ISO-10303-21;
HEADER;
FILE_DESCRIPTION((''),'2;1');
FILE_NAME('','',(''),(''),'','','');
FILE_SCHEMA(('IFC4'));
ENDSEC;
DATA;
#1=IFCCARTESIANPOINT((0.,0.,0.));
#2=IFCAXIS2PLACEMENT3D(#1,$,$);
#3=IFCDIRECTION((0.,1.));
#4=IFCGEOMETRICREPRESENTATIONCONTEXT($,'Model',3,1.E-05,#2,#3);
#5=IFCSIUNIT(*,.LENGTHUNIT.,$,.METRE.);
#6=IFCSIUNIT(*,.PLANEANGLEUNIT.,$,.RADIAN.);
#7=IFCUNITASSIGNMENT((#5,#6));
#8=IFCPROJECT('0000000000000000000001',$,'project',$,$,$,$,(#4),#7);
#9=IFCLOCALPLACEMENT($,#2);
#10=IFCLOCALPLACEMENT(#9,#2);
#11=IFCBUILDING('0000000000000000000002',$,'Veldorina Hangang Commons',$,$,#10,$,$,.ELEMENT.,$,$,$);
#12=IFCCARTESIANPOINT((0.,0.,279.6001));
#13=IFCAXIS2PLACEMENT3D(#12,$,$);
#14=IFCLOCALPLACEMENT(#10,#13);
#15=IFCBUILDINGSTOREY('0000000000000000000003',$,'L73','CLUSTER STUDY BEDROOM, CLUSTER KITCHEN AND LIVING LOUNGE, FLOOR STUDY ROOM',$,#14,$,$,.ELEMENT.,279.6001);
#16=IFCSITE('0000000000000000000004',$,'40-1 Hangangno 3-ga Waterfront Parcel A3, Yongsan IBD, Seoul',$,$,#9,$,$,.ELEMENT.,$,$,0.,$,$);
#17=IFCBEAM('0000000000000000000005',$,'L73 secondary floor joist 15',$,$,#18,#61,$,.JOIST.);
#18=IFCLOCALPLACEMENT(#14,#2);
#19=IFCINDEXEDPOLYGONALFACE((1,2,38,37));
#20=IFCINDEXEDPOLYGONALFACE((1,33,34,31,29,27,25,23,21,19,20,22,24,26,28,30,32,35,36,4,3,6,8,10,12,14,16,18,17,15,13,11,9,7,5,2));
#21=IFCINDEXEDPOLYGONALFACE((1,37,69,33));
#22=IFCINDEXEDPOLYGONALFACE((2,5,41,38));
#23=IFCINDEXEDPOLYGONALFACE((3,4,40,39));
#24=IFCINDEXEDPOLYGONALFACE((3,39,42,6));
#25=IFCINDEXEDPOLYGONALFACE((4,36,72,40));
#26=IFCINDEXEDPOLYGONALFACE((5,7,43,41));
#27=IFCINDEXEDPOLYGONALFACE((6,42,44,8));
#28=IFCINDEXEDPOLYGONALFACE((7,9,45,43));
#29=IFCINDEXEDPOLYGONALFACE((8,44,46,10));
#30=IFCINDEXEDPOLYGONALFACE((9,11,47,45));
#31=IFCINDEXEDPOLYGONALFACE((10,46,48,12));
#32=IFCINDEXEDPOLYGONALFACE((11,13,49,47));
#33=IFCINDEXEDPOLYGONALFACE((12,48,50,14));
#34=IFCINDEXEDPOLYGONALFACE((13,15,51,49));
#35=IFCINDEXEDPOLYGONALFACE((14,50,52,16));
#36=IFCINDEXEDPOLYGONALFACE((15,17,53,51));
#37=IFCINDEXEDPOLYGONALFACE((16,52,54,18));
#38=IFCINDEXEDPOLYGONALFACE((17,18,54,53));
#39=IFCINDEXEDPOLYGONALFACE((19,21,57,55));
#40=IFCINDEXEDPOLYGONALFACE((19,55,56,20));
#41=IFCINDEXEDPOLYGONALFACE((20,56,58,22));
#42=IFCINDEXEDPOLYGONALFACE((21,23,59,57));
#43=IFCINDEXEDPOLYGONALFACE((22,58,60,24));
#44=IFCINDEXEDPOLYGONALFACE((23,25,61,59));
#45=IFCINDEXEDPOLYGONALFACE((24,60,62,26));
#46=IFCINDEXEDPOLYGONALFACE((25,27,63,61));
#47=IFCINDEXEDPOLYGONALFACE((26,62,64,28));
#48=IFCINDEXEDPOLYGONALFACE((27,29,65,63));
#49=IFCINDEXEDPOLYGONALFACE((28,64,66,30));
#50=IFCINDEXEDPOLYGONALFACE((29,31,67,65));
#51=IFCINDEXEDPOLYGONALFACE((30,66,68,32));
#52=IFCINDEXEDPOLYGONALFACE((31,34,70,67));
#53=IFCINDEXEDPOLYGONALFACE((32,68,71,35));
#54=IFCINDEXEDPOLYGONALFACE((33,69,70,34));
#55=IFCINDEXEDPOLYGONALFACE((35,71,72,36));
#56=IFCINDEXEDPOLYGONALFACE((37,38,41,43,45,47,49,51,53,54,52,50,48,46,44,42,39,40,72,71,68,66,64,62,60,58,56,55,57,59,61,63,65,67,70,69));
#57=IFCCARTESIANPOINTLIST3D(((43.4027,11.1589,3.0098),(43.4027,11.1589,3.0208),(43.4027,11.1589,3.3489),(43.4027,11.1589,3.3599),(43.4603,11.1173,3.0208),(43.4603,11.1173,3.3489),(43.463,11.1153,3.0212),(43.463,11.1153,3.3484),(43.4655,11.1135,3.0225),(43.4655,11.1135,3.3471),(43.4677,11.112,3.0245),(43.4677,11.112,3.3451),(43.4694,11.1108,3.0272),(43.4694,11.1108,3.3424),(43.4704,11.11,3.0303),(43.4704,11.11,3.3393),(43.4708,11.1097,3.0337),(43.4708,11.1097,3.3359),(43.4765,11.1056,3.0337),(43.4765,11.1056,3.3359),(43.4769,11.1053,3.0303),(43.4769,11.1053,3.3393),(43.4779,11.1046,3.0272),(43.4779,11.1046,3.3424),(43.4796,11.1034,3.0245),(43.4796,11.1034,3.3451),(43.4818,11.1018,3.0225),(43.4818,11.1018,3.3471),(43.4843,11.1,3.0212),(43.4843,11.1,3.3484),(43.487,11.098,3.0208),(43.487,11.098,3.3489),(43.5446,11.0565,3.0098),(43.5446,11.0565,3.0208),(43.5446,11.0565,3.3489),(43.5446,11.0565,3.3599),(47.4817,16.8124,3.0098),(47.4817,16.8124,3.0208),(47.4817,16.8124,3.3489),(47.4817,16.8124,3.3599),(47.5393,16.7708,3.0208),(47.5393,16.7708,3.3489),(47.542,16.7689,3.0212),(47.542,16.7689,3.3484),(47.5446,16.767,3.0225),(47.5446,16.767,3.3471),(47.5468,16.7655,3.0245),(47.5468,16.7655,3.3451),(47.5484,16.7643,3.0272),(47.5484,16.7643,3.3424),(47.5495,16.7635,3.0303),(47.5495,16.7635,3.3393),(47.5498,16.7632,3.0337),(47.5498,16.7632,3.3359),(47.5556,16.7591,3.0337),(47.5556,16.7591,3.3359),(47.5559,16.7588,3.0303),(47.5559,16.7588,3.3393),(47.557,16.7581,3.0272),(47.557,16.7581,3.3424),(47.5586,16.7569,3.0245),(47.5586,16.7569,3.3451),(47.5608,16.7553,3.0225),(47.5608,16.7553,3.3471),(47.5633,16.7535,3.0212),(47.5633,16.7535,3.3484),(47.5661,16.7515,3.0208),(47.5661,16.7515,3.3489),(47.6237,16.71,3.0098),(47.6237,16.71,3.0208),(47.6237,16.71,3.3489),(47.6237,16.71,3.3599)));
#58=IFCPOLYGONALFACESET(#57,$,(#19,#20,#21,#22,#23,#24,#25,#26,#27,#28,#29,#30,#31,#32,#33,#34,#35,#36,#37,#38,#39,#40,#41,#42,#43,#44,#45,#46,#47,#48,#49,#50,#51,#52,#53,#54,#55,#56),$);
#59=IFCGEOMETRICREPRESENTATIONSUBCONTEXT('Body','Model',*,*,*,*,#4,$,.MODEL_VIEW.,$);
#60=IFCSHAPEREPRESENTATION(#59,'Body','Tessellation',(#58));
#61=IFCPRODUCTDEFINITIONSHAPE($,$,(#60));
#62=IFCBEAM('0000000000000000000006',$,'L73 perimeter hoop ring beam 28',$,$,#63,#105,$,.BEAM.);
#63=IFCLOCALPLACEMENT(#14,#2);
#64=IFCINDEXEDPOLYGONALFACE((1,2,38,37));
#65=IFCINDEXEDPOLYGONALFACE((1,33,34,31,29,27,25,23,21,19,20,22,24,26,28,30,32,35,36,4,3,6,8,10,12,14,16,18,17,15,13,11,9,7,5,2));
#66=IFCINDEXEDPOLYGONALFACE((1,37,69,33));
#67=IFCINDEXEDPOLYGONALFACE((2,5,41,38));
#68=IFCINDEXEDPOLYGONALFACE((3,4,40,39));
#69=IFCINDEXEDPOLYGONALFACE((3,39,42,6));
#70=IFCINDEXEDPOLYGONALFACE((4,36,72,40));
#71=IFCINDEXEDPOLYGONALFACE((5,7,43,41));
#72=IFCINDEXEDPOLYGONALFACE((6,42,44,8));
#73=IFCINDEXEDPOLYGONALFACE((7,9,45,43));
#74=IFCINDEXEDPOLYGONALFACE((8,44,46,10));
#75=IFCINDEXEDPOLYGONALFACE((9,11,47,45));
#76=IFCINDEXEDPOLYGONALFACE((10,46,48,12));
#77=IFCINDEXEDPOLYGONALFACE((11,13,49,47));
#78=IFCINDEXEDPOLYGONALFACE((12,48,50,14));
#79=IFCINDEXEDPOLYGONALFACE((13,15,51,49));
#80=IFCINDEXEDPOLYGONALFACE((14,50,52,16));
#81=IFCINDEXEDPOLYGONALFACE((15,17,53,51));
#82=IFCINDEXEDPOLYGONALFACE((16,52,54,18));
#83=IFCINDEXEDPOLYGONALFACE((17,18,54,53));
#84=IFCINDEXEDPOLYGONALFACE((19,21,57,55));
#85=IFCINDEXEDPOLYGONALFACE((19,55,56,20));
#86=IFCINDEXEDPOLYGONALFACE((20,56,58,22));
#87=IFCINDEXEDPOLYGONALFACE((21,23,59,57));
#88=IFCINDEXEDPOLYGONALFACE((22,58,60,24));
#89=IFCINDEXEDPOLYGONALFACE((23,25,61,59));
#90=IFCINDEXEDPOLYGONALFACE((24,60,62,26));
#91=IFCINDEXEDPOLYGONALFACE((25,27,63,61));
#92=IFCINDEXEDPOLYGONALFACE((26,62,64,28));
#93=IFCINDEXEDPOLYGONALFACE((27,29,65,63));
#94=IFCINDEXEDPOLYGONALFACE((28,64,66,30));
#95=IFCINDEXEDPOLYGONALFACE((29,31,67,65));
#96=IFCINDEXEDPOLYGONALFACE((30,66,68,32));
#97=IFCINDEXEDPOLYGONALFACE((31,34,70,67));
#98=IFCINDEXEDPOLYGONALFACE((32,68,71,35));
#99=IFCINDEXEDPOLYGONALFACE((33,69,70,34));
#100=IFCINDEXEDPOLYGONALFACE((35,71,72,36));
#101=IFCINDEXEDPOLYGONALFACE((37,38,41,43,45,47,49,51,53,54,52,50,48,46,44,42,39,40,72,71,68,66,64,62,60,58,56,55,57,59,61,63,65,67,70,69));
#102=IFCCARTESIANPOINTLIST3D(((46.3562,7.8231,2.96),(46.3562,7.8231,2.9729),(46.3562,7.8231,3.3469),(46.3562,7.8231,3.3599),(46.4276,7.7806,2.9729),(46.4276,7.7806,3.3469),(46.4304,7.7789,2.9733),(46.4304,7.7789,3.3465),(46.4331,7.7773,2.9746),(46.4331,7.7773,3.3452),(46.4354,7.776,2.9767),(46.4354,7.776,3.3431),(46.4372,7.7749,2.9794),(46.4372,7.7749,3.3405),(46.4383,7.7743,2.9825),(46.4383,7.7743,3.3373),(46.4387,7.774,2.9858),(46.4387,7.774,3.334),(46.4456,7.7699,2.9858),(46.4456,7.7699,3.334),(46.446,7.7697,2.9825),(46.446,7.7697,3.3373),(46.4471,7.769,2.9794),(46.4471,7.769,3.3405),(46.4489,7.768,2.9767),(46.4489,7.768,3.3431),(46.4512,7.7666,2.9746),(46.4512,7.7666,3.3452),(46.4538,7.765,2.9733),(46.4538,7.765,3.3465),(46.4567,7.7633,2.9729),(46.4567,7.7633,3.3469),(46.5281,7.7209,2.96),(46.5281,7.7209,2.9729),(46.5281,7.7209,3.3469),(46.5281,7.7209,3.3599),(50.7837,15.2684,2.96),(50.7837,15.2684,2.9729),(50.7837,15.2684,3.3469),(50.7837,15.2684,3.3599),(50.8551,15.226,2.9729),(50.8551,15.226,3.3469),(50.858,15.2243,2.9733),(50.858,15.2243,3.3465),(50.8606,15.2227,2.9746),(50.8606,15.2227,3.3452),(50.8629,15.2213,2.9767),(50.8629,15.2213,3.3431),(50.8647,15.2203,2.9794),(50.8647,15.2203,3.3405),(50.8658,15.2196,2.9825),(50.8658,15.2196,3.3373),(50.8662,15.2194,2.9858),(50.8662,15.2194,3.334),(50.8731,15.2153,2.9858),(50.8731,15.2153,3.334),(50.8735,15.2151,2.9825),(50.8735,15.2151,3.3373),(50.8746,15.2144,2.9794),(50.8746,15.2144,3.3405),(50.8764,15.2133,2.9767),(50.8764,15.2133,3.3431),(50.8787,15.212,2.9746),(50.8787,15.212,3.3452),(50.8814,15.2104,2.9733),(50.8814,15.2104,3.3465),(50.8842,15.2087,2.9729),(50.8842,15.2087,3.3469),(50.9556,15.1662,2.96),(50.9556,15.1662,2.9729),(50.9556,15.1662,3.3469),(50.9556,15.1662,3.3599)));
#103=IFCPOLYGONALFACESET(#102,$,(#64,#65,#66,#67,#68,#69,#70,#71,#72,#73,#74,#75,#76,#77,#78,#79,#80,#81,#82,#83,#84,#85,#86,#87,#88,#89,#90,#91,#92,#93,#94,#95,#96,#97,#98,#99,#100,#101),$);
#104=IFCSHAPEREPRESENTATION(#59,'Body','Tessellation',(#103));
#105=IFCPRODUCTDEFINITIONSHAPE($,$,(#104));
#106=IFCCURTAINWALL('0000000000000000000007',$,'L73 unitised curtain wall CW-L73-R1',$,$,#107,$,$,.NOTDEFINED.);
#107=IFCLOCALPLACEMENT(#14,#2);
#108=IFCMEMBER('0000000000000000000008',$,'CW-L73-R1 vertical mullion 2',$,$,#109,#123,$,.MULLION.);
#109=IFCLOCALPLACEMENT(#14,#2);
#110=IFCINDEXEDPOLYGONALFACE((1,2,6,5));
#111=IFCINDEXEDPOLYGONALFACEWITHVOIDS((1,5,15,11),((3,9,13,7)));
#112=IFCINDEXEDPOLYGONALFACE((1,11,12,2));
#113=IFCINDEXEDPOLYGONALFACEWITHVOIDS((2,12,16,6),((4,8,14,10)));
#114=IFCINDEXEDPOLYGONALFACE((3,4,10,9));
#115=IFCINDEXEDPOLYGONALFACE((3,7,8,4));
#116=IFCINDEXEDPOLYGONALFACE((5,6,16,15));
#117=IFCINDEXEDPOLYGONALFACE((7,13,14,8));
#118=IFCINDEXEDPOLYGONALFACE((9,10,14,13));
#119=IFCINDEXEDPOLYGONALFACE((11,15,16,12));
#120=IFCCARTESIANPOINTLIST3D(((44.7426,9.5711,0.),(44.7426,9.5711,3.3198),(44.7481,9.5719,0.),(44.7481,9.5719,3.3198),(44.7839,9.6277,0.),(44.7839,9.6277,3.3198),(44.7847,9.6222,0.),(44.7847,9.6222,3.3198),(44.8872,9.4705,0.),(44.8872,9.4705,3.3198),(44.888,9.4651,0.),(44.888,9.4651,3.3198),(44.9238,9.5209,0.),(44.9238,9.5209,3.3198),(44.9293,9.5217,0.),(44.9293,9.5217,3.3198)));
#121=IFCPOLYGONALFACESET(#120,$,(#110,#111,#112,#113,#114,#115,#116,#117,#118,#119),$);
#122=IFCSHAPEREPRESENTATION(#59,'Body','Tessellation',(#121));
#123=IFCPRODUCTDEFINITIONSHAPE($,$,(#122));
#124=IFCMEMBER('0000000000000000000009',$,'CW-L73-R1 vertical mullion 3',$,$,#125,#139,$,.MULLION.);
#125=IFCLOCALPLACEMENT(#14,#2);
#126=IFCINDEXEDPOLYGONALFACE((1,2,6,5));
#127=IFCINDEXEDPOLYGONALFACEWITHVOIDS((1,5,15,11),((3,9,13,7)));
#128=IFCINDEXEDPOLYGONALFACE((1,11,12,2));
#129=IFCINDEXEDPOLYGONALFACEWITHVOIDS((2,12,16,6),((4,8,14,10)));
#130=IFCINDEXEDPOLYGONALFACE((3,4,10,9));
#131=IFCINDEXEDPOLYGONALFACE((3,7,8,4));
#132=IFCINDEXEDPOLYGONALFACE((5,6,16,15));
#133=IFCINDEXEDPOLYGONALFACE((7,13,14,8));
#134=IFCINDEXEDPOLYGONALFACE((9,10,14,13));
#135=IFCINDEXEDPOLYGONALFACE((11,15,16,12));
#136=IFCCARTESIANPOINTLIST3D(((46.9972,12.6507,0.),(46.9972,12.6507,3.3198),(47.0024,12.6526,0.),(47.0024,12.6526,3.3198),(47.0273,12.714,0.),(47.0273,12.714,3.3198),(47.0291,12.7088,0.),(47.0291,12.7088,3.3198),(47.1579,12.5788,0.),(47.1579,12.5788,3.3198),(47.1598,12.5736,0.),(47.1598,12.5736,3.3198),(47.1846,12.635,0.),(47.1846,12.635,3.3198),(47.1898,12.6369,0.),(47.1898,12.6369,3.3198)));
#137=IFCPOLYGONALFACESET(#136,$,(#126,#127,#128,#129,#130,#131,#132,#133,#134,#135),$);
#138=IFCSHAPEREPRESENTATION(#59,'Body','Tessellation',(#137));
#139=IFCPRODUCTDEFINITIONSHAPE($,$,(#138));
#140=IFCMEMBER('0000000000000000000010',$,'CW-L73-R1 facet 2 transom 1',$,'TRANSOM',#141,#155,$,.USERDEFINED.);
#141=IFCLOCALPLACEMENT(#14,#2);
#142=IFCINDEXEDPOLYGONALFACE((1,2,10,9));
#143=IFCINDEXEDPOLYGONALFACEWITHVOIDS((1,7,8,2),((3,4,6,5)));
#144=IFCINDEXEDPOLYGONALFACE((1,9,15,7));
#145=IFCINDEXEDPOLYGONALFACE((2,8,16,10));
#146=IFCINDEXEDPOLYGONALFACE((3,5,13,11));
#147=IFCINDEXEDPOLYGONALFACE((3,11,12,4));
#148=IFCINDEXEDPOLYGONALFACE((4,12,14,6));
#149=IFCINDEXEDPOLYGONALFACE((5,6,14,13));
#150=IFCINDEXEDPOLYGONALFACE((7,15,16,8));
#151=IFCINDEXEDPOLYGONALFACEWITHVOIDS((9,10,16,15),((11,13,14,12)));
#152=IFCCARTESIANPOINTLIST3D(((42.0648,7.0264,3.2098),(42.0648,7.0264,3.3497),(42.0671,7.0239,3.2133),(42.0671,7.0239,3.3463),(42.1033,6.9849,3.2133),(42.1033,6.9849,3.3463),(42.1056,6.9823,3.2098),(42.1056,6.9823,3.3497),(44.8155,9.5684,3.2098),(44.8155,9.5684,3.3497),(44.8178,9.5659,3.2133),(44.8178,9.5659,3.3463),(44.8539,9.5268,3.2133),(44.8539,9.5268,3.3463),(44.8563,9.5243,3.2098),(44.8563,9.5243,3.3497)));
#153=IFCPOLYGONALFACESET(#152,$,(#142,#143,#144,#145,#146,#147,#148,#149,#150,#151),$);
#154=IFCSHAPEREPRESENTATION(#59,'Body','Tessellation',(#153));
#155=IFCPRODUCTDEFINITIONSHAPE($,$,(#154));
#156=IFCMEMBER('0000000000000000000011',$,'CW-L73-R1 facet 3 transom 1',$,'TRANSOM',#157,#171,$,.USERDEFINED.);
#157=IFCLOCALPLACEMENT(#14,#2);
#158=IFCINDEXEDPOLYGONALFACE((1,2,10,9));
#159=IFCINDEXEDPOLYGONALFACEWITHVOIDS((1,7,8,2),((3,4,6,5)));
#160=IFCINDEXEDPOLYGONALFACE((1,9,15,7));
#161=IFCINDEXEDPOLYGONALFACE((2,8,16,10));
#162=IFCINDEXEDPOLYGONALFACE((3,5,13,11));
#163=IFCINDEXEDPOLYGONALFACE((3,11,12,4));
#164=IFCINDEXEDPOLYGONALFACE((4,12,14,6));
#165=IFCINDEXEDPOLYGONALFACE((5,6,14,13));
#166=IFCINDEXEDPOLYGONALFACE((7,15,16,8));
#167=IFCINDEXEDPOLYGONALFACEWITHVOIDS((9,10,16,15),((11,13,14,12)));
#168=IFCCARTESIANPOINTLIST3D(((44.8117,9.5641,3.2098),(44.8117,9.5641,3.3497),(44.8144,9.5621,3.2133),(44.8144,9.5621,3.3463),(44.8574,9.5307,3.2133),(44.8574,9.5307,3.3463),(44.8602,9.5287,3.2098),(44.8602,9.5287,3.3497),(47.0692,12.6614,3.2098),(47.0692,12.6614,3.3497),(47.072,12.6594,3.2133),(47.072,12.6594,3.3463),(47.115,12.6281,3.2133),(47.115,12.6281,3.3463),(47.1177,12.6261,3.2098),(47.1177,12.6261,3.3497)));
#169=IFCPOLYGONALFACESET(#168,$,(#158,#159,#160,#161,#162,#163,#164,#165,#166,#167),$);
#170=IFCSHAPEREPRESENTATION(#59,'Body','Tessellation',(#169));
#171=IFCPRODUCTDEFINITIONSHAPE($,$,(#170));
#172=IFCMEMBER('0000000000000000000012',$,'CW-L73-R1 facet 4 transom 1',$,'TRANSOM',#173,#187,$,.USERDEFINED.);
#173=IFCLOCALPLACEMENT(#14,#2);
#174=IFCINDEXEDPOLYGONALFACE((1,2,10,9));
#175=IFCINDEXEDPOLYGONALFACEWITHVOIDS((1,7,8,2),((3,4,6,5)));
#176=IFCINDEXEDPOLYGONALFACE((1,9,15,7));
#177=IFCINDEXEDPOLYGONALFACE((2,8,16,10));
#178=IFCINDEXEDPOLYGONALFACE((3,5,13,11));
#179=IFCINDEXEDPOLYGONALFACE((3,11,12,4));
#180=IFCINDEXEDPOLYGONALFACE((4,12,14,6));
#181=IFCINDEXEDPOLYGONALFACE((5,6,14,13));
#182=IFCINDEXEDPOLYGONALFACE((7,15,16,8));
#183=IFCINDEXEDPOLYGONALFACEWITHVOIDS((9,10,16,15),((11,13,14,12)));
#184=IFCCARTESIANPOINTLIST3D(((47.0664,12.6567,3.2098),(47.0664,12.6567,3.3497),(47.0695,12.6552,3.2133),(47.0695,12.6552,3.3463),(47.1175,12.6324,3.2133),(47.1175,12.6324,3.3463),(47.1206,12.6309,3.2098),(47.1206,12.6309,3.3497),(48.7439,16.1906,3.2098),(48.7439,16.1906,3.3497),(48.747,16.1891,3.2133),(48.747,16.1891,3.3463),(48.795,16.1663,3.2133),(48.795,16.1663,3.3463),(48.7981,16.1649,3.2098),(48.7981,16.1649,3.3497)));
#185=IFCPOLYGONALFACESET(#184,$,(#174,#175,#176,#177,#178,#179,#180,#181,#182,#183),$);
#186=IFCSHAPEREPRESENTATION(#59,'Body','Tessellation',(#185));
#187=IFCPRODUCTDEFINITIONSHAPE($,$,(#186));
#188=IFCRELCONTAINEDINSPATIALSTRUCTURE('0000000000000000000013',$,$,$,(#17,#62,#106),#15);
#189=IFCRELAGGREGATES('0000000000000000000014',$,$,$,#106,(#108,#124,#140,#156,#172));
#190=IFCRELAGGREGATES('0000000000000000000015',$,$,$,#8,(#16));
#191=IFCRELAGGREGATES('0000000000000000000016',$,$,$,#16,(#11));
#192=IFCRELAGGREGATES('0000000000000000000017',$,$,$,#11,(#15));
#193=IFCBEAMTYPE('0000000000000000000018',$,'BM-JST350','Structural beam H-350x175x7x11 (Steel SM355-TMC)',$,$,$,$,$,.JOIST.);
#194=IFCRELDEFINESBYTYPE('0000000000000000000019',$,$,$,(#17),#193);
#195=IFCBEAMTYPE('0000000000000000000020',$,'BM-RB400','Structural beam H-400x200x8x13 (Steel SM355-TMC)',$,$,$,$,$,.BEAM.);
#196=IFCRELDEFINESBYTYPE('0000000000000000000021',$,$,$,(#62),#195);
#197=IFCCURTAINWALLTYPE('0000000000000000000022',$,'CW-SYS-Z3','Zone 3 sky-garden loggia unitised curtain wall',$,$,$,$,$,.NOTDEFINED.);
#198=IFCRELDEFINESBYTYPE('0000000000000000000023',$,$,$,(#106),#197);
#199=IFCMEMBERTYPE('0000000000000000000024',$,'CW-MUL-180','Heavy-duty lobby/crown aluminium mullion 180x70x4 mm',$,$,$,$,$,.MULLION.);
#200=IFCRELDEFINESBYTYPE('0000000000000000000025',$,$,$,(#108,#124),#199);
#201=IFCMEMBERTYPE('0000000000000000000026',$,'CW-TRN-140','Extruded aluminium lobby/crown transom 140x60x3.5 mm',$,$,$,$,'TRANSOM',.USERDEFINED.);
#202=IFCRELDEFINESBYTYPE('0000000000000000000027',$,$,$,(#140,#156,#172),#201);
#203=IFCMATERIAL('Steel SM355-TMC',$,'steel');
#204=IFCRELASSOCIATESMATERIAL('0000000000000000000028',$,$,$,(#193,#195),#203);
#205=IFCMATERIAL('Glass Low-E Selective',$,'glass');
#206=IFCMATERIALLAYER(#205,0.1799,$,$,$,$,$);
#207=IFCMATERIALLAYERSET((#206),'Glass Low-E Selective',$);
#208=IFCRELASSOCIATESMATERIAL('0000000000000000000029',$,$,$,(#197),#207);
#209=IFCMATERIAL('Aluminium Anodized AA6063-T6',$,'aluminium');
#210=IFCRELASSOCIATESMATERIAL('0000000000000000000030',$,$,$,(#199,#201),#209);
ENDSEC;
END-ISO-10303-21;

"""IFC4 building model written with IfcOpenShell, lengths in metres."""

from ifc_helpers import new_model, si_unit, direction, frame, origin, origin_2d, place, context, subcontext, project, spatial, hollow_rectangle, i_section, extrude, material, layer, layer_set, material_profile, profile_set, type_object, element, aggregate, save


model = new_model("IFC4")

# Units and contexts
model_context = context("Model", 3, precision=1e-05, world=origin(), true_north=direction((0.0, 1.0)))
body_context = subcontext(model_context, "Body", "Model", "MODEL_VIEW")
ifc_project = project(units=[si_unit("LENGTHUNIT", "METRE"), si_unit("PLANEANGLEUNIT", "RADIAN")], contexts=[model_context])

# Site, building, storey
site_placement = place(None, origin())
site = spatial("IfcSite", under=ifc_project, at=site_placement, Name="40-1 Hangangno 3-ga Waterfront Parcel A3, Yongsan IBD, Seoul", CompositionType="ELEMENT", RefElevation=0.0)
building_placement = place(site_placement, origin())
building = spatial("IfcBuilding", under=site, at=building_placement, Name="Veldorina Hangang Commons", CompositionType="ELEMENT")
storey_placement = place(building_placement, frame((0.0, 0.0, 279.6001)))
storey = spatial("IfcBuildingStorey", under=building, at=storey_placement, Name="L73", Description="CLUSTER STUDY BEDROOM, CLUSTER KITCHEN AND LIVING LOUNGE, FLOOR STUDY ROOM", CompositionType="ELEMENT", Elevation=279.6001)

# Beams
ifc_material_1 = material(Name="Steel SM355-TMC", Category="steel")
ifc_material_profile_1 = material_profile(ifc_material_1, i_section(OverallWidth=0.175, OverallDepth=0.3501, WebThickness=0.0071, FlangeThickness=0.011, FilletRadius=0.0129, at=origin_2d()), Name="H-350x175x7x11")
ifc_profile_set_1 = profile_set([ifc_material_profile_1], Name="Steel SM355-TMC")
beam_type_1 = type_object("IfcBeamType", Name="BM-JST350", Description="Structural beam H-350x175x7x11 (Steel SM355-TMC)", PredefinedType="JOIST", material=ifc_profile_set_1)
beam_1_placement = place(storey_placement, frame((43.4736, 11.1077, 3.1848), z_axis=(0.585111, 0.810953, 0.0), x_axis=(-0.810953, 0.585111, 0.0)))
element("IfcBeam", 1, at=beam_1_placement, inside=storey, type_object=beam_type_1, Name="L73 secondary floor joist 15", PredefinedType="JOIST", context=body_context, shape_type="SweptSolid", body=[
    extrude(i_section(OverallWidth=0.175, OverallDepth=0.3501, WebThickness=0.0071, FlangeThickness=0.011, FilletRadius=0.0129, at=origin_2d()), origin(), (0.0, 0.0, 1.0), 6.9714),
])
ifc_material_profile_2 = material_profile(ifc_material_1, i_section(OverallWidth=0.2, OverallDepth=0.3999, WebThickness=0.0081, FlangeThickness=0.0129, FilletRadius=0.0129, at=origin_2d()), Name="H-400x200x8x13")
ifc_profile_set_2 = profile_set([ifc_material_profile_2], Name="Steel SM355-TMC")
beam_type_2 = type_object("IfcBeamType", Name="BM-RB400", Description="Structural beam H-400x200x8x13 (Steel SM355-TMC)", PredefinedType="BEAM", material=ifc_profile_set_2)
beam_2_placement = place(storey_placement, frame((46.4421, 7.772, 3.1599), z_axis=(0.511122, 0.859508, 0.0), x_axis=(-0.859508, 0.511122, 0.0)))
element("IfcBeam", 2, at=beam_2_placement, inside=storey, type_object=beam_type_2, Name="L73 perimeter hoop ring beam 28", PredefinedType="BEAM", context=body_context, shape_type="SweptSolid", body=[
    extrude(i_section(OverallWidth=0.2, OverallDepth=0.3999, WebThickness=0.0081, FlangeThickness=0.0129, FilletRadius=0.0129, at=origin_2d()), origin(), (0.0, 0.0, 1.0), 8.6624),
])

# Curtain wall, members
ifc_material_2 = material(Name="Glass Low-E Selective", Category="glass")
ifc_layer_1 = layer(ifc_material_2, 0.1799)
ifc_layer_set_1 = layer_set([ifc_layer_1], Name="Glass Low-E Selective")
curtain_wall_type = type_object("IfcCurtainWallType", Name="CW-SYS-Z3", Description="Zone 3 sky-garden loggia unitised curtain wall", PredefinedType="NOTDEFINED", material=ifc_layer_set_1)
curtain_wall_placement = place(storey_placement, origin())
curtain_wall = element("IfcCurtainWall", 3, at=curtain_wall_placement, inside=storey, type_object=curtain_wall_type, Name="L73 unitised curtain wall CW-L73-R1", PredefinedType="NOTDEFINED")
ifc_material_3 = material(Name="Aluminium Anodized AA6063-T6", Category="aluminium")
ifc_material_profile_3 = material_profile(ifc_material_3, hollow_rectangle(XDim=0.0701, YDim=0.1799, WallThickness=0.0039, at=origin_2d()), Name="ALU-RHS-180x70x4")
ifc_profile_set_3 = profile_set([ifc_material_profile_3], Name="Aluminium Anodized AA6063-T6")
member_type_1 = type_object("IfcMemberType", Name="CW-MUL-180", Description="Heavy-duty lobby/crown aluminium mullion 180x70x4 mm", PredefinedType="MULLION", material=ifc_profile_set_3)
member_1_placement = place(storey_placement, frame((44.8359, 9.5464, 0.0), z_axis=(0.0, 0.0, 1.0), x_axis=(0.588985, 0.808144, 0.0)))
member_1 = element("IfcMember", 4, at=member_1_placement, type_object=member_type_1, Name="CW-L73-R1 vertical mullion 2", PredefinedType="MULLION", context=body_context, shape_type="SweptSolid", body=[
    extrude(hollow_rectangle(XDim=0.0701, YDim=0.1799, WallThickness=0.0039, at=origin_2d()), origin(), (0.0, 0.0, 1.0), 3.3198),
])
member_2_placement = place(storey_placement, frame((47.0935, 12.6438, 0.0), z_axis=(0.0, 0.0, 1.0), x_axis=(0.428825, 0.903388, 0.0)))
member_2 = element("IfcMember", 5, at=member_2_placement, type_object=member_type_1, Name="CW-L73-R1 vertical mullion 3", PredefinedType="MULLION", context=body_context, shape_type="SweptSolid", body=[
    extrude(hollow_rectangle(XDim=0.0701, YDim=0.1799, WallThickness=0.0039, at=origin_2d()), origin(), (0.0, 0.0, 1.0), 3.3198),
])
ifc_material_profile_4 = material_profile(ifc_material_3, hollow_rectangle(XDim=0.0601, YDim=0.1399, WallThickness=0.0034, at=origin_2d()), Name="ALU-RHS-140x60x3.5")
ifc_profile_set_4 = profile_set([ifc_material_profile_4], Name="Aluminium Anodized AA6063-T6")
member_type_2 = type_object("IfcMemberType", Name="CW-TRN-140", Description="Extruded aluminium lobby/crown transom 140x60x3.5 mm", ElementType="TRANSOM", PredefinedType="USERDEFINED", material=ifc_profile_set_4)
member_3_placement = place(storey_placement, frame((42.0852, 7.0044, 3.2798), z_axis=(0.734423, 0.678692, 0.0), x_axis=(-0.678692, 0.734423, 0.0)))
member_3 = element("IfcMember", 6, at=member_3_placement, type_object=member_type_2, Name="CW-L73-R1 facet 2 transom 1", ObjectType="TRANSOM", PredefinedType="USERDEFINED", context=body_context, shape_type="SweptSolid", body=[
    extrude(hollow_rectangle(XDim=0.0601, YDim=0.1399, WallThickness=0.0034, at=origin_2d()), origin(), (0.0, 0.0, 1.0), 3.7454),
])
member_4_placement = place(storey_placement, frame((44.8359, 9.5464, 3.2798), z_axis=(0.589008, 0.808127, 0.0), x_axis=(-0.808127, 0.589008, 0.0)))
member_4 = element("IfcMember", 7, at=member_4_placement, type_object=member_type_2, Name="CW-L73-R1 facet 3 transom 1", ObjectType="TRANSOM", PredefinedType="USERDEFINED", context=body_context, shape_type="SweptSolid", body=[
    extrude(hollow_rectangle(XDim=0.0601, YDim=0.1399, WallThickness=0.0034, at=origin_2d()), origin(), (0.0, 0.0, 1.0), 3.8328),
])
member_5_placement = place(storey_placement, frame((47.0935, 12.6438, 3.2798), z_axis=(0.428821, 0.903389, 0.0), x_axis=(-0.903389, 0.428821, 0.0)))
member_5 = element("IfcMember", 8, at=member_5_placement, type_object=member_type_2, Name="CW-L73-R1 facet 4 transom 1", ObjectType="TRANSOM", PredefinedType="USERDEFINED", context=body_context, shape_type="SweptSolid", body=[
    extrude(hollow_rectangle(XDim=0.0601, YDim=0.1399, WallThickness=0.0034, at=origin_2d()), origin(), (0.0, 0.0, 1.0), 3.9119),
])

aggregate(curtain_wall, [member_1, member_2, member_3, member_4, member_5])

save(model, "model.ifc")
